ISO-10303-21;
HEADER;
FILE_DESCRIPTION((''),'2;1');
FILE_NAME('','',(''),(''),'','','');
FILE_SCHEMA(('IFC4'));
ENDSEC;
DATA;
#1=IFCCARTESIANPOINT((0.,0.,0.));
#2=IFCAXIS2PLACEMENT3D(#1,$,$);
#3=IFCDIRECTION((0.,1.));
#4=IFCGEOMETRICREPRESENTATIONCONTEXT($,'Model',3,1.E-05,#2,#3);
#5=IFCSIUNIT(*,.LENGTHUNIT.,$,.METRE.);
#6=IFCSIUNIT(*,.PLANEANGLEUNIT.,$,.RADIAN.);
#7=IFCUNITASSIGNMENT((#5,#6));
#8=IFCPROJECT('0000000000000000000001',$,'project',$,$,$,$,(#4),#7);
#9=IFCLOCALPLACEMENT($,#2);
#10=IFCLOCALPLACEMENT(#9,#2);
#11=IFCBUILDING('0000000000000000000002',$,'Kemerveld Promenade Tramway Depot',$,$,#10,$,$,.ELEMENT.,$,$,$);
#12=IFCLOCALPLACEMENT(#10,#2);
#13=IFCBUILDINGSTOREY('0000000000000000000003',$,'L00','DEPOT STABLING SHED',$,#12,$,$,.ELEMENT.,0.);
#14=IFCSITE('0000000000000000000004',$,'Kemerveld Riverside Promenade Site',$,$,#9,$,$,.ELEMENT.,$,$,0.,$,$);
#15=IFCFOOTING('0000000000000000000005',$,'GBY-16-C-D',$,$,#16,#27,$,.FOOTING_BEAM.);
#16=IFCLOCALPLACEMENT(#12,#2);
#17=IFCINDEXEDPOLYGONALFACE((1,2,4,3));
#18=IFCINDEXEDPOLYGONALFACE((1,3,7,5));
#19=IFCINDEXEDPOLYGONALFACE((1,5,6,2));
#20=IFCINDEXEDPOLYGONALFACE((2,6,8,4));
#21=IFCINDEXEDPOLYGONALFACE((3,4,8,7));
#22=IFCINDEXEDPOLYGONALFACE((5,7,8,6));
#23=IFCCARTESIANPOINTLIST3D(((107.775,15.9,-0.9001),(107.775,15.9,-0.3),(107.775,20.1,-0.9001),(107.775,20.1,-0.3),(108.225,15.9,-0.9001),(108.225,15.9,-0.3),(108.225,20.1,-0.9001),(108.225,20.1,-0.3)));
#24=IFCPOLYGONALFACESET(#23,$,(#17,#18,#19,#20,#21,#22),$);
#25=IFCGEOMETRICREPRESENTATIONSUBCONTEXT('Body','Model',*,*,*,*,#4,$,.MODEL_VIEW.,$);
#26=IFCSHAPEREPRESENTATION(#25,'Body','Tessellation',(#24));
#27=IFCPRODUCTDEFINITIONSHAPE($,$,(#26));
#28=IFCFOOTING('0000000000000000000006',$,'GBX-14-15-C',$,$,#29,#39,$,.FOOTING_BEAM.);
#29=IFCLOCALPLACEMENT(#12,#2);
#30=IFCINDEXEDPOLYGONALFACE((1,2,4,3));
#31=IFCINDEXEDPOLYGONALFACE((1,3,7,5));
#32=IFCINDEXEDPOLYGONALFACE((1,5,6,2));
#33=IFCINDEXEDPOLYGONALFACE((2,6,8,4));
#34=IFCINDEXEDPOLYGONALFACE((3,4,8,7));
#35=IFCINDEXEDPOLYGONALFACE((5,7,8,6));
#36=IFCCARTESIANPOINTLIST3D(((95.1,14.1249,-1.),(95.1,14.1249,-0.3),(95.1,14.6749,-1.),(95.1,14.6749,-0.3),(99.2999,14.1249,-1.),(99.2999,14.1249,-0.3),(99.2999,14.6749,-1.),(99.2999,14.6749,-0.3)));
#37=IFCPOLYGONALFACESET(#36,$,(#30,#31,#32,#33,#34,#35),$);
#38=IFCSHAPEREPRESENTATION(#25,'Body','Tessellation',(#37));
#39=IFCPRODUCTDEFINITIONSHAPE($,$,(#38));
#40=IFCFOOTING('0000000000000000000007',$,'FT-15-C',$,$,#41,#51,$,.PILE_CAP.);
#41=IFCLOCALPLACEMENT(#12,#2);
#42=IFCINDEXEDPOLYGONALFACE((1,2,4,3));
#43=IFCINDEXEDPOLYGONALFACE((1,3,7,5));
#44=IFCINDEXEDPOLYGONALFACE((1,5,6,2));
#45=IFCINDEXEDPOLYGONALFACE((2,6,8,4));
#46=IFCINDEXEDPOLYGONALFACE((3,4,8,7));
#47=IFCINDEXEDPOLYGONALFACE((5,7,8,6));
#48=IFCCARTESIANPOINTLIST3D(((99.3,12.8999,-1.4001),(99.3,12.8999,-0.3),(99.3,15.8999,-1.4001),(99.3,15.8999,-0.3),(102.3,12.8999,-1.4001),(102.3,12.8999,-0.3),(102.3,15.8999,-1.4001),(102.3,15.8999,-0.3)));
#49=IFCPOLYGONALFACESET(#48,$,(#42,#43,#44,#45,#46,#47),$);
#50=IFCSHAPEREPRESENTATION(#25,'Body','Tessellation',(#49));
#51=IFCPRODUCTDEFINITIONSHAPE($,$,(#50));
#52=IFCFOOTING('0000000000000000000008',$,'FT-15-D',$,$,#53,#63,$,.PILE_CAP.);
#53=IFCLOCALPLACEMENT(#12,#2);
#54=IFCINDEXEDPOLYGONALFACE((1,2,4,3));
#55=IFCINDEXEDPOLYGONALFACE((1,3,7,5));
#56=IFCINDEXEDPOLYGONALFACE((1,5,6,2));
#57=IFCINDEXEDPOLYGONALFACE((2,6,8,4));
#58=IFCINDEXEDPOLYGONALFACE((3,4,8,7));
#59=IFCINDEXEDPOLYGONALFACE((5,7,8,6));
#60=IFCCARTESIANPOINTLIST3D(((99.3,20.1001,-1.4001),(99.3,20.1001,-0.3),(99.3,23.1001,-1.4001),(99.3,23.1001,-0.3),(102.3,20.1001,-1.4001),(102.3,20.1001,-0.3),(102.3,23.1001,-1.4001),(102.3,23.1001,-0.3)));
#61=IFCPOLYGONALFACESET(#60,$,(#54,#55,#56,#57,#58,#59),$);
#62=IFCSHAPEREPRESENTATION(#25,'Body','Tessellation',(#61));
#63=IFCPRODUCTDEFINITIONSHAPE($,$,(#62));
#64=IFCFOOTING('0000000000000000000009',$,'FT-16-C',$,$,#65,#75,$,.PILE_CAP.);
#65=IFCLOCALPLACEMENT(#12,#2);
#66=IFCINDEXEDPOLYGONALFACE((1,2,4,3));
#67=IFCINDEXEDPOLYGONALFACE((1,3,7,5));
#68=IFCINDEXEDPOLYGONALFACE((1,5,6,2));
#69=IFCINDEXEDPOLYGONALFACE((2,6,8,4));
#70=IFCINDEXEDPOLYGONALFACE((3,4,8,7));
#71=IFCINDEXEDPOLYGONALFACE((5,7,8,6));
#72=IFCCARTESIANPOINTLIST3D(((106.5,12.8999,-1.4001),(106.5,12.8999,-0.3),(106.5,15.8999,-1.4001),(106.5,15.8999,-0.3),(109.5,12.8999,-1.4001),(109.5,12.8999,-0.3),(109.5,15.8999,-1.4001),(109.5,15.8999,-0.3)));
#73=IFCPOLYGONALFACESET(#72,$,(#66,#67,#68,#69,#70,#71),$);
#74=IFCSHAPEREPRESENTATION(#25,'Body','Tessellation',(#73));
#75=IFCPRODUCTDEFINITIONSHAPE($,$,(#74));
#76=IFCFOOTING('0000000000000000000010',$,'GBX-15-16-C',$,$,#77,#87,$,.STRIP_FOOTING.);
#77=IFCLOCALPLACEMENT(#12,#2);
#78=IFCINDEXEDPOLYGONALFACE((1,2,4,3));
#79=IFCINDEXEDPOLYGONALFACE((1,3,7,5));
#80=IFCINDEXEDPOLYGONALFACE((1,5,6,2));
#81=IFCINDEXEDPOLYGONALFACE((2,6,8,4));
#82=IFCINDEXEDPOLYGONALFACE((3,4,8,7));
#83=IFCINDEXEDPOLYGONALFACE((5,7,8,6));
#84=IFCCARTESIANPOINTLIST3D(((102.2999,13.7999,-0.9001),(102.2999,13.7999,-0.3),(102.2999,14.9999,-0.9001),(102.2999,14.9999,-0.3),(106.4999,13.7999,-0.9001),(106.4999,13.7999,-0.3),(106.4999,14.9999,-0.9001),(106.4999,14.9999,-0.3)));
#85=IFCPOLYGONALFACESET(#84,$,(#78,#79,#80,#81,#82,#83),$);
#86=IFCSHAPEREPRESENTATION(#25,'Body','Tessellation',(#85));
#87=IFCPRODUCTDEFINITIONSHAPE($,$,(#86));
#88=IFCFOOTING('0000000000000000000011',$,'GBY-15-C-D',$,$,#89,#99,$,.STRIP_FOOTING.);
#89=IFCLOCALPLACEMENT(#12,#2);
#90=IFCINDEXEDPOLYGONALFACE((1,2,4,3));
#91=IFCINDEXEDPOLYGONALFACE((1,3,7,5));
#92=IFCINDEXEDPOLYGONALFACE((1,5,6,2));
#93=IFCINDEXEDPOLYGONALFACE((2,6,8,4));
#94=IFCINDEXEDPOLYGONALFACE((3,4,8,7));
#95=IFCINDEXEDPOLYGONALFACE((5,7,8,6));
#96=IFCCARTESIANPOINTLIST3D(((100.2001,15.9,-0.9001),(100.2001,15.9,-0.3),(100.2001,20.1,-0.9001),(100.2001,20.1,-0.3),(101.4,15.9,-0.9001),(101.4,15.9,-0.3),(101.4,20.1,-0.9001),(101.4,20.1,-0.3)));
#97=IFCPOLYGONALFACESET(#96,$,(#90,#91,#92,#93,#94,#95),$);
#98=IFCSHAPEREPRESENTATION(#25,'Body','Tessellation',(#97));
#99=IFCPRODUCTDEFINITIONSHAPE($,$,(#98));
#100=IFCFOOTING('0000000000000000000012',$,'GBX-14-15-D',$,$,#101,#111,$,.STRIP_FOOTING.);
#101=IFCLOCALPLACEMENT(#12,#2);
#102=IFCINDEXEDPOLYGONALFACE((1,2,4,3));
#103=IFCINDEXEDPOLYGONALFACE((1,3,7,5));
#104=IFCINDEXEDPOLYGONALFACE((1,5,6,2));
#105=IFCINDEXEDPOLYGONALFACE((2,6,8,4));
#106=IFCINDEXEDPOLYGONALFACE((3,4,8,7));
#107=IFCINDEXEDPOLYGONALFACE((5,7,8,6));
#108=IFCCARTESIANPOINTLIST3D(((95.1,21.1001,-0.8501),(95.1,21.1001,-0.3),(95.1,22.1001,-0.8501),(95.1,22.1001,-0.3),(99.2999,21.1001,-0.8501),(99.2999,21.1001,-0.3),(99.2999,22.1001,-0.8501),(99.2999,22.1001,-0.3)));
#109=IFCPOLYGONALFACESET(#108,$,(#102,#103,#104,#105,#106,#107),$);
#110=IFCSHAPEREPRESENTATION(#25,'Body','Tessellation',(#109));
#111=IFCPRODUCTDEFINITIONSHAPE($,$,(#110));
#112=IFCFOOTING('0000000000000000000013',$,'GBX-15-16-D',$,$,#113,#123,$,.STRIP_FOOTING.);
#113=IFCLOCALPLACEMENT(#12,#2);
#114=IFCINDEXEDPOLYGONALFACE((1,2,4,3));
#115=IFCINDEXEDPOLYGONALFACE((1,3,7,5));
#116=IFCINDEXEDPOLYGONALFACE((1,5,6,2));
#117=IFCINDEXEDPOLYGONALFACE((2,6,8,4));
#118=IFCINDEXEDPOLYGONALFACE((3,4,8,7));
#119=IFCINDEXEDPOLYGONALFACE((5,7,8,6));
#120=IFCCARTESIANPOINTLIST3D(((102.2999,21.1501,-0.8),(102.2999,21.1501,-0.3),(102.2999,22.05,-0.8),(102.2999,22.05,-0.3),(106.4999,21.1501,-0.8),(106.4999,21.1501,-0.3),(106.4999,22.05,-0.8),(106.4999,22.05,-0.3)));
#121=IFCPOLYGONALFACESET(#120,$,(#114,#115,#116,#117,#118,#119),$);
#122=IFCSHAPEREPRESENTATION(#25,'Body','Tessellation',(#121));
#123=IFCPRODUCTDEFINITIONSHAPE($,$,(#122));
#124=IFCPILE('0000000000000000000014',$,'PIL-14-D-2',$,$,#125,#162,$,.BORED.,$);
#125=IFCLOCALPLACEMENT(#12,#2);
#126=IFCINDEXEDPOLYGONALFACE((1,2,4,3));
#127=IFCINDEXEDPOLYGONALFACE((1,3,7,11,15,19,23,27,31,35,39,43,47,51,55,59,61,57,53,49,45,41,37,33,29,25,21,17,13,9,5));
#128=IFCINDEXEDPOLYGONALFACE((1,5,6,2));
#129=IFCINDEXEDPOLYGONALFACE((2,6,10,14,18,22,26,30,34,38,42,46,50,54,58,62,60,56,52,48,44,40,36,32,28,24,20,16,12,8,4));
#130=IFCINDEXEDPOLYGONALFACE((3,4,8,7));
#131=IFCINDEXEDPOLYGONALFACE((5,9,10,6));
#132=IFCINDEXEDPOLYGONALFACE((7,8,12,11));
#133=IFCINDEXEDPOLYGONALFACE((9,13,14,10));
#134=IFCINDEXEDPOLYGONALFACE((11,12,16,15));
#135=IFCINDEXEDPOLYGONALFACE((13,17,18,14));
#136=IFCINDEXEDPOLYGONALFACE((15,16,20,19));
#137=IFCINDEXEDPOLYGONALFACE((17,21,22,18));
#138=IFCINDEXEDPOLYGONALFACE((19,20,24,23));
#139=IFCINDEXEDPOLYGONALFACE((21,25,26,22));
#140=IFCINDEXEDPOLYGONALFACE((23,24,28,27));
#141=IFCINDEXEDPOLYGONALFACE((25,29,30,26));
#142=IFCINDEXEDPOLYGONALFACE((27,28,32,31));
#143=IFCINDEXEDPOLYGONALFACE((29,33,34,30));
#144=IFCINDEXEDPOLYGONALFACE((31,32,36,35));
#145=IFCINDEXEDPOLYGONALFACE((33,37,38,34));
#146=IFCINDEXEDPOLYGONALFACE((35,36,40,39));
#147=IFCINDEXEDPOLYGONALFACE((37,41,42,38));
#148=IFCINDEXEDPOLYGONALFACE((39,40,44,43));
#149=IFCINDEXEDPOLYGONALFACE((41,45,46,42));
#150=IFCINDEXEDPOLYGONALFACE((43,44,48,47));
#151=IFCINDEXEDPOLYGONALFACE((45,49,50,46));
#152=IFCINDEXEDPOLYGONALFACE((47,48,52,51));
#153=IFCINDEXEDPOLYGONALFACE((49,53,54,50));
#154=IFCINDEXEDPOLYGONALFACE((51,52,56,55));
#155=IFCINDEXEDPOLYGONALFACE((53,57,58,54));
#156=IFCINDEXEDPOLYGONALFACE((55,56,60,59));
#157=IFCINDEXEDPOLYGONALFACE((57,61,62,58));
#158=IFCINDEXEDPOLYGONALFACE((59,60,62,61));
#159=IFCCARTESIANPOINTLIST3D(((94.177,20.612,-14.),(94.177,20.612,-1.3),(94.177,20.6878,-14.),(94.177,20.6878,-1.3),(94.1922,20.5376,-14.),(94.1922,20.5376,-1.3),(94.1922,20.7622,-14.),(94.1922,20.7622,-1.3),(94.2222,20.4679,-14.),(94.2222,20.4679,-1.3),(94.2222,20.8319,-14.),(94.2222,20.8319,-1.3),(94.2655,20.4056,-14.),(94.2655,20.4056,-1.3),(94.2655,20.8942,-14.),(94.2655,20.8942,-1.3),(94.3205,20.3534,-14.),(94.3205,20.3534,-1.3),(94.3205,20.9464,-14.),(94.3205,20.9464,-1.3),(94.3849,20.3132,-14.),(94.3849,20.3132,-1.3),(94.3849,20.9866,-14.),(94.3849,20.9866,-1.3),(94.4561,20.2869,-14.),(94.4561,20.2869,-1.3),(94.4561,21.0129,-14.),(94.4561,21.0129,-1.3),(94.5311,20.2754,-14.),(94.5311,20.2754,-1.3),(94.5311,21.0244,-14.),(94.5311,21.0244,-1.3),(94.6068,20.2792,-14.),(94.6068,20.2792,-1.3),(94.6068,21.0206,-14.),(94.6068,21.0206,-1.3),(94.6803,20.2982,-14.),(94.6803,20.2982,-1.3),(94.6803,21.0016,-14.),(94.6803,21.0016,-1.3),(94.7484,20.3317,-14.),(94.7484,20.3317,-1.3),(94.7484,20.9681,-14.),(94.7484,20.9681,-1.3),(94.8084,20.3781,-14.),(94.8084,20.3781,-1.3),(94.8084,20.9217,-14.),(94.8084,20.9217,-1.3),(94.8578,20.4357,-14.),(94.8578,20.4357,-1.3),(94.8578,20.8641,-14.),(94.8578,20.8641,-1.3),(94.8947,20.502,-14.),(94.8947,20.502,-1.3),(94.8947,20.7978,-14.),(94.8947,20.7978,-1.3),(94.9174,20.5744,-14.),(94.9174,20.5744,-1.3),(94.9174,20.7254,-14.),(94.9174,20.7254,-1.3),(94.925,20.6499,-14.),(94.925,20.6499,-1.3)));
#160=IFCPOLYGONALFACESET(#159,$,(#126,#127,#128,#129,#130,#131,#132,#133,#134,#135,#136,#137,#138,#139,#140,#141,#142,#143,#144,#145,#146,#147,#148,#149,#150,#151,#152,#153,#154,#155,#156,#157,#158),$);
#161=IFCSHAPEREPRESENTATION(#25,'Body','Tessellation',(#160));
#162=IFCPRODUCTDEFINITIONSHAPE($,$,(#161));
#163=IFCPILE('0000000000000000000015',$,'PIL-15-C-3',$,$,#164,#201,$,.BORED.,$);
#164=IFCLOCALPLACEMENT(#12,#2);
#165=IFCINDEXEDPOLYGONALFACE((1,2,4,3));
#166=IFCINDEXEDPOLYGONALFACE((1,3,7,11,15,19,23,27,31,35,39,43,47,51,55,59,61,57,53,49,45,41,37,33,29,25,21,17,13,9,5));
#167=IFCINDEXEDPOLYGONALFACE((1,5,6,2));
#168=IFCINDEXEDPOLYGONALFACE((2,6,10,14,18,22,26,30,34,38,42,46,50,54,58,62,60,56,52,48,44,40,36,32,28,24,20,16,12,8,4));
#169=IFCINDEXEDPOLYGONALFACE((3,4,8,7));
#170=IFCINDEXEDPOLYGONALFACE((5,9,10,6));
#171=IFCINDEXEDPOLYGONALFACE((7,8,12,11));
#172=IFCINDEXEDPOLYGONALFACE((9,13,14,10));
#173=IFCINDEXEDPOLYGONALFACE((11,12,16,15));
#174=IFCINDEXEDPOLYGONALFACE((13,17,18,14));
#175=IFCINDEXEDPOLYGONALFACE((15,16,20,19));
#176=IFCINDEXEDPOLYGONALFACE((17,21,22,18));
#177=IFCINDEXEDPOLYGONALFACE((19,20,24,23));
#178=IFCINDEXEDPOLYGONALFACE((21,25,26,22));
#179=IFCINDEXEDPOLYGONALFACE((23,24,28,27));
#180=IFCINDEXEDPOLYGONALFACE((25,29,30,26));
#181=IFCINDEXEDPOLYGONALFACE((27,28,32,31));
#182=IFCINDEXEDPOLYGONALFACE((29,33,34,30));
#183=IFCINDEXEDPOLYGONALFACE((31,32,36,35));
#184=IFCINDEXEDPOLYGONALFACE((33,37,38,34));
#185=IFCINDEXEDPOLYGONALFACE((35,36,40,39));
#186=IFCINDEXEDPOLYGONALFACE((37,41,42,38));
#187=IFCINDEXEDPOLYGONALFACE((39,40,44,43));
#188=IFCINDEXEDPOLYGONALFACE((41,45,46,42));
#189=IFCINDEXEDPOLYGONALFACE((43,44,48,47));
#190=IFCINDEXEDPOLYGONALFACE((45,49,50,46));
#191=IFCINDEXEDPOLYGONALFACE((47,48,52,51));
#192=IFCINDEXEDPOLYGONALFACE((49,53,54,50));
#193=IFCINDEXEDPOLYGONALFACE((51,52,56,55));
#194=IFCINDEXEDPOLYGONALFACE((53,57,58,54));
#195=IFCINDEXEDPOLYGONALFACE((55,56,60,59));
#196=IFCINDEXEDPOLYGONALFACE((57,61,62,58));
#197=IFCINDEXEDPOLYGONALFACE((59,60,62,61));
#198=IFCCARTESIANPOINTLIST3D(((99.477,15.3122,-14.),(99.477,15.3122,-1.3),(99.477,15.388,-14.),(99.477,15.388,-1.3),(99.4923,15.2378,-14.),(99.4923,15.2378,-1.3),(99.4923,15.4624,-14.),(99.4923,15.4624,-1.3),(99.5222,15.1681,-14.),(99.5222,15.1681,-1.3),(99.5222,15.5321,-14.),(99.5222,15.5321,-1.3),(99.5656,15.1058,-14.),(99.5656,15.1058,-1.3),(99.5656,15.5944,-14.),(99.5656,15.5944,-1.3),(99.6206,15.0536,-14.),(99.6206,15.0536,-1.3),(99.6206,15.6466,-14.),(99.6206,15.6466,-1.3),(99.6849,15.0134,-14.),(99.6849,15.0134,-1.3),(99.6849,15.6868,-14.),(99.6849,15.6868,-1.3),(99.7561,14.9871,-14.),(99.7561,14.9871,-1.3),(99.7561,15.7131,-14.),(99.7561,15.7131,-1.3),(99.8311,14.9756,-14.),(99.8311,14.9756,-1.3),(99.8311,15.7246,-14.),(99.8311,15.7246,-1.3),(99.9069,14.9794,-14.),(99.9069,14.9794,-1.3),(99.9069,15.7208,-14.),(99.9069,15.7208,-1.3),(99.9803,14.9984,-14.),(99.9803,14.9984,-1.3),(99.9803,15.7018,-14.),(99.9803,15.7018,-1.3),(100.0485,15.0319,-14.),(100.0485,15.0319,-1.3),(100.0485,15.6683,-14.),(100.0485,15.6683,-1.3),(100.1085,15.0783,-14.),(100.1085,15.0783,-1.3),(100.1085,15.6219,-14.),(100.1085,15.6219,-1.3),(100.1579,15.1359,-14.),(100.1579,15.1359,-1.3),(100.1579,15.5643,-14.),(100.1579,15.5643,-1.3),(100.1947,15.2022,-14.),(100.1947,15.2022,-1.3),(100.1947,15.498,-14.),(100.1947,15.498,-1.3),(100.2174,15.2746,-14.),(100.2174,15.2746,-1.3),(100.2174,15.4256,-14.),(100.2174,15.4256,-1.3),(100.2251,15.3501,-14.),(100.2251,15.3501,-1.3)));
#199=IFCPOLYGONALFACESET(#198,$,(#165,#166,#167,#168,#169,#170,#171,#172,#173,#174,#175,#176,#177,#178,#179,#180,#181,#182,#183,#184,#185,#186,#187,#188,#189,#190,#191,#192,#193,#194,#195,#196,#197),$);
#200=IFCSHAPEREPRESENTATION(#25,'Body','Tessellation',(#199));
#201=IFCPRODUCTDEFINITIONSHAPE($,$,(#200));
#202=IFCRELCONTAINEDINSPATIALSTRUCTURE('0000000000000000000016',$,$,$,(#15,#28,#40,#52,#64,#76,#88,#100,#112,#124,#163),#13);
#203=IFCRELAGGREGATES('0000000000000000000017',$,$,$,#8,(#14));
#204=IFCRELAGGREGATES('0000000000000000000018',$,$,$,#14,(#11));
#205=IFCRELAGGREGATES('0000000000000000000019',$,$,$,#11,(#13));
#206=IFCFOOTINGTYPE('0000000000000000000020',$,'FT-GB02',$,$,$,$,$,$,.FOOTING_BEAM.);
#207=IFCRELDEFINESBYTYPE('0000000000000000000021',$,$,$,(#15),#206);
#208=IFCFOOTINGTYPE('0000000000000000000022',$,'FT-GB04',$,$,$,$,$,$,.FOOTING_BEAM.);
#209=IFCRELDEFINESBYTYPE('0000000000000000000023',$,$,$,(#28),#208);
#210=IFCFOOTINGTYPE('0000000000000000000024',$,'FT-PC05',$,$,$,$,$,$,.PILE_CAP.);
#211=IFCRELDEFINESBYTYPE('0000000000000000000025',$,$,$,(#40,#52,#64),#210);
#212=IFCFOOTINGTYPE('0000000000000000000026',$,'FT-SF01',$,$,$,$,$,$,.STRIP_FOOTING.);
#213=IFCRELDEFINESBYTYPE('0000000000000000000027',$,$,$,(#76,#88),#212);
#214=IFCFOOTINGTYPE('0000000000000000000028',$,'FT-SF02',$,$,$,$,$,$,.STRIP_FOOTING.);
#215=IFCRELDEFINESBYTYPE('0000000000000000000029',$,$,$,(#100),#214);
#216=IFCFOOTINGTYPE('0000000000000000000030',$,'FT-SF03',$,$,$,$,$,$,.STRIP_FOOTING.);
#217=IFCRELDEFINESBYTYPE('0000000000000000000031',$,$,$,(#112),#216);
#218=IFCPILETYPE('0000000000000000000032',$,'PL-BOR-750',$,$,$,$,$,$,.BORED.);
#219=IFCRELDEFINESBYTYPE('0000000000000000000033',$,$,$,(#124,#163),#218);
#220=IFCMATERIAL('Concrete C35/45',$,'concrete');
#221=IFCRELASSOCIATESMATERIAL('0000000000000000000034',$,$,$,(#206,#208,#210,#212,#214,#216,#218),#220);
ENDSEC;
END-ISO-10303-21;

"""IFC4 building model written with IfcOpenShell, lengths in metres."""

from ifc_helpers import new_model, si_unit, direction, frame, origin, origin_2d, place, context, subcontext, project, spatial, rectangle, circle, extrude, material, material_profile, profile_set, type_object, element, save


model = new_model("IFC4")

# Units and contexts
model_context = context("Model", 3, precision=1e-05, world=origin(), true_north=direction((0.0, 1.0)))
body_context = subcontext(model_context, "Body", "Model", "MODEL_VIEW")
ifc_project = project(units=[si_unit("LENGTHUNIT", "METRE"), si_unit("PLANEANGLEUNIT", "RADIAN")], contexts=[model_context])

# Site, building, storey
site_placement = place(None, origin())
site = spatial("IfcSite", under=ifc_project, at=site_placement, Name="Kemerveld Riverside Promenade Site", CompositionType="ELEMENT", RefElevation=0.0)
building_placement = place(site_placement, origin())
building = spatial("IfcBuilding", under=site, at=building_placement, Name="Kemerveld Promenade Tramway Depot", CompositionType="ELEMENT")
storey_placement = place(building_placement, origin())
storey = spatial("IfcBuildingStorey", under=building, at=storey_placement, Name="L00", Description="DEPOT STABLING SHED", CompositionType="ELEMENT", Elevation=0.0)

# Footings
ifc_material_1 = material(Name="Concrete C35/45", Category="concrete")
footing_type_1 = type_object("IfcFootingType", Name="FT-GB02", PredefinedType="FOOTING_BEAM", material=ifc_material_1)
footing_1_placement = place(storey_placement, frame((108.0, 18.0, -0.9001), z_axis=(0.0, 0.0, 1.0), x_axis=(0.0, 1.0, 0.0)))
element("IfcFooting", 1, at=footing_1_placement, inside=storey, type_object=footing_type_1, Name="GBY-16-C-D", PredefinedType="FOOTING_BEAM", context=body_context, shape_type="SweptSolid", body=[
    extrude(rectangle(XDim=4.2, YDim=0.45, at=origin_2d()), origin(), (0.0, 0.0, 1.0), 0.6001),
])
footing_type_2 = type_object("IfcFootingType", Name="FT-GB04", PredefinedType="FOOTING_BEAM", material=ifc_material_1)
footing_2_placement = place(storey_placement, frame((97.2, 14.3999, -1.0), z_axis=(0.0, 0.0, 1.0), x_axis=(1.0, 0.0, 0.0)))
element("IfcFooting", 2, at=footing_2_placement, inside=storey, type_object=footing_type_2, Name="GBX-14-15-C", PredefinedType="FOOTING_BEAM", context=body_context, shape_type="SweptSolid", body=[
    extrude(rectangle(XDim=4.2, YDim=0.55, at=origin_2d()), origin(), (0.0, 0.0, 1.0), 0.7),
])
footing_type_3 = type_object("IfcFootingType", Name="FT-PC05", PredefinedType="PILE_CAP", material=ifc_material_1)
for number, where, z_axis, x_axis, name in (
    (3, (100.8, 14.3999, -1.4001), (0.0, 0.0, 1.0), (1.0, 0.0, 0.0), "FT-15-C"),
    (4, (100.8, 21.6001, -1.4001), (0.0, 0.0, 1.0), (1.0, 0.0, 0.0), "FT-15-D"),
    (5, (108.0, 14.3999, -1.4001), (0.0, 0.0, 1.0), (1.0, 0.0, 0.0), "FT-16-C"),
):
    element("IfcFooting", number, at=place(storey_placement, frame(where, z_axis=z_axis, x_axis=x_axis)), inside=storey, type_object=footing_type_3, Name=name, PredefinedType="PILE_CAP", context=body_context, shape_type="SweptSolid", body=[
        extrude(rectangle(XDim=3.0, YDim=3.0, at=origin_2d()), origin(), (0.0, 0.0, 1.0), 1.1001),
    ])
footing_type_4 = type_object("IfcFootingType", Name="FT-SF01", PredefinedType="STRIP_FOOTING", material=ifc_material_1)
for number, where, z_axis, x_axis, name in (
    (6, (104.3999, 14.3999, -0.9001), (0.0, 0.0, 1.0), (1.0, 0.0, 0.0), "GBX-15-16-C"),
    (7, (100.8, 18.0, -0.9001), (0.0, 0.0, 1.0), (0.0, 1.0, 0.0), "GBY-15-C-D"),
):
    element("IfcFooting", number, at=place(storey_placement, frame(where, z_axis=z_axis, x_axis=x_axis)), inside=storey, type_object=footing_type_4, Name=name, PredefinedType="STRIP_FOOTING", context=body_context, shape_type="SweptSolid", body=[
        extrude(rectangle(XDim=4.2, YDim=1.2, at=origin_2d()), origin(), (0.0, 0.0, 1.0), 0.6001),
    ])
footing_type_5 = type_object("IfcFootingType", Name="FT-SF02", PredefinedType="STRIP_FOOTING", material=ifc_material_1)
footing_3_placement = place(storey_placement, frame((97.2, 21.6001, -0.8501), z_axis=(0.0, 0.0, 1.0), x_axis=(1.0, 0.0, 0.0)))
element("IfcFooting", 8, at=footing_3_placement, inside=storey, type_object=footing_type_5, Name="GBX-14-15-D", PredefinedType="STRIP_FOOTING", context=body_context, shape_type="SweptSolid", body=[
    extrude(rectangle(XDim=4.2, YDim=1.0, at=origin_2d()), origin(), (0.0, 0.0, 1.0), 0.55),
])
footing_type_6 = type_object("IfcFootingType", Name="FT-SF03", PredefinedType="STRIP_FOOTING", material=ifc_material_1)
footing_4_placement = place(storey_placement, frame((104.3999, 21.6001, -0.8), z_axis=(0.0, 0.0, 1.0), x_axis=(1.0, 0.0, 0.0)))
element("IfcFooting", 9, at=footing_4_placement, inside=storey, type_object=footing_type_6, Name="GBX-15-16-D", PredefinedType="STRIP_FOOTING", context=body_context, shape_type="SweptSolid", body=[
    extrude(rectangle(XDim=4.2, YDim=0.8999, at=origin_2d()), origin(), (0.0, 0.0, 1.0), 0.5),
])

# Piles
ifc_material_profile_1 = material_profile(ifc_material_1, circle(Radius=0.375, at=origin_2d()), Name="PILE-D750")
ifc_profile_set_1 = profile_set([ifc_material_profile_1], Name="Concrete C35/45")
pile_type = type_object("IfcPileType", Name="PL-BOR-750", PredefinedType="BORED", material=ifc_profile_set_1)
for number, where, z_axis, x_axis, name in (
    (10, (94.55, 20.6499, -1.3), (0.0, 0.0, -1.0), (1.0, 0.0, 0.0), "PIL-14-D-2"),
    (11, (99.8501, 15.3501, -1.3), (0.0, 0.0, -1.0), (1.0, 0.0, 0.0), "PIL-15-C-3"),
):
    element("IfcPile", number, at=place(storey_placement, frame(where, z_axis=z_axis, x_axis=x_axis)), inside=storey, type_object=pile_type, Name=name, PredefinedType="BORED", context=body_context, shape_type="SweptSolid", body=[
        extrude(circle(Radius=0.375, at=origin_2d()), origin(), (0.0, 0.0, 1.0), 12.7),
    ])

save(model, "model.ifc")
